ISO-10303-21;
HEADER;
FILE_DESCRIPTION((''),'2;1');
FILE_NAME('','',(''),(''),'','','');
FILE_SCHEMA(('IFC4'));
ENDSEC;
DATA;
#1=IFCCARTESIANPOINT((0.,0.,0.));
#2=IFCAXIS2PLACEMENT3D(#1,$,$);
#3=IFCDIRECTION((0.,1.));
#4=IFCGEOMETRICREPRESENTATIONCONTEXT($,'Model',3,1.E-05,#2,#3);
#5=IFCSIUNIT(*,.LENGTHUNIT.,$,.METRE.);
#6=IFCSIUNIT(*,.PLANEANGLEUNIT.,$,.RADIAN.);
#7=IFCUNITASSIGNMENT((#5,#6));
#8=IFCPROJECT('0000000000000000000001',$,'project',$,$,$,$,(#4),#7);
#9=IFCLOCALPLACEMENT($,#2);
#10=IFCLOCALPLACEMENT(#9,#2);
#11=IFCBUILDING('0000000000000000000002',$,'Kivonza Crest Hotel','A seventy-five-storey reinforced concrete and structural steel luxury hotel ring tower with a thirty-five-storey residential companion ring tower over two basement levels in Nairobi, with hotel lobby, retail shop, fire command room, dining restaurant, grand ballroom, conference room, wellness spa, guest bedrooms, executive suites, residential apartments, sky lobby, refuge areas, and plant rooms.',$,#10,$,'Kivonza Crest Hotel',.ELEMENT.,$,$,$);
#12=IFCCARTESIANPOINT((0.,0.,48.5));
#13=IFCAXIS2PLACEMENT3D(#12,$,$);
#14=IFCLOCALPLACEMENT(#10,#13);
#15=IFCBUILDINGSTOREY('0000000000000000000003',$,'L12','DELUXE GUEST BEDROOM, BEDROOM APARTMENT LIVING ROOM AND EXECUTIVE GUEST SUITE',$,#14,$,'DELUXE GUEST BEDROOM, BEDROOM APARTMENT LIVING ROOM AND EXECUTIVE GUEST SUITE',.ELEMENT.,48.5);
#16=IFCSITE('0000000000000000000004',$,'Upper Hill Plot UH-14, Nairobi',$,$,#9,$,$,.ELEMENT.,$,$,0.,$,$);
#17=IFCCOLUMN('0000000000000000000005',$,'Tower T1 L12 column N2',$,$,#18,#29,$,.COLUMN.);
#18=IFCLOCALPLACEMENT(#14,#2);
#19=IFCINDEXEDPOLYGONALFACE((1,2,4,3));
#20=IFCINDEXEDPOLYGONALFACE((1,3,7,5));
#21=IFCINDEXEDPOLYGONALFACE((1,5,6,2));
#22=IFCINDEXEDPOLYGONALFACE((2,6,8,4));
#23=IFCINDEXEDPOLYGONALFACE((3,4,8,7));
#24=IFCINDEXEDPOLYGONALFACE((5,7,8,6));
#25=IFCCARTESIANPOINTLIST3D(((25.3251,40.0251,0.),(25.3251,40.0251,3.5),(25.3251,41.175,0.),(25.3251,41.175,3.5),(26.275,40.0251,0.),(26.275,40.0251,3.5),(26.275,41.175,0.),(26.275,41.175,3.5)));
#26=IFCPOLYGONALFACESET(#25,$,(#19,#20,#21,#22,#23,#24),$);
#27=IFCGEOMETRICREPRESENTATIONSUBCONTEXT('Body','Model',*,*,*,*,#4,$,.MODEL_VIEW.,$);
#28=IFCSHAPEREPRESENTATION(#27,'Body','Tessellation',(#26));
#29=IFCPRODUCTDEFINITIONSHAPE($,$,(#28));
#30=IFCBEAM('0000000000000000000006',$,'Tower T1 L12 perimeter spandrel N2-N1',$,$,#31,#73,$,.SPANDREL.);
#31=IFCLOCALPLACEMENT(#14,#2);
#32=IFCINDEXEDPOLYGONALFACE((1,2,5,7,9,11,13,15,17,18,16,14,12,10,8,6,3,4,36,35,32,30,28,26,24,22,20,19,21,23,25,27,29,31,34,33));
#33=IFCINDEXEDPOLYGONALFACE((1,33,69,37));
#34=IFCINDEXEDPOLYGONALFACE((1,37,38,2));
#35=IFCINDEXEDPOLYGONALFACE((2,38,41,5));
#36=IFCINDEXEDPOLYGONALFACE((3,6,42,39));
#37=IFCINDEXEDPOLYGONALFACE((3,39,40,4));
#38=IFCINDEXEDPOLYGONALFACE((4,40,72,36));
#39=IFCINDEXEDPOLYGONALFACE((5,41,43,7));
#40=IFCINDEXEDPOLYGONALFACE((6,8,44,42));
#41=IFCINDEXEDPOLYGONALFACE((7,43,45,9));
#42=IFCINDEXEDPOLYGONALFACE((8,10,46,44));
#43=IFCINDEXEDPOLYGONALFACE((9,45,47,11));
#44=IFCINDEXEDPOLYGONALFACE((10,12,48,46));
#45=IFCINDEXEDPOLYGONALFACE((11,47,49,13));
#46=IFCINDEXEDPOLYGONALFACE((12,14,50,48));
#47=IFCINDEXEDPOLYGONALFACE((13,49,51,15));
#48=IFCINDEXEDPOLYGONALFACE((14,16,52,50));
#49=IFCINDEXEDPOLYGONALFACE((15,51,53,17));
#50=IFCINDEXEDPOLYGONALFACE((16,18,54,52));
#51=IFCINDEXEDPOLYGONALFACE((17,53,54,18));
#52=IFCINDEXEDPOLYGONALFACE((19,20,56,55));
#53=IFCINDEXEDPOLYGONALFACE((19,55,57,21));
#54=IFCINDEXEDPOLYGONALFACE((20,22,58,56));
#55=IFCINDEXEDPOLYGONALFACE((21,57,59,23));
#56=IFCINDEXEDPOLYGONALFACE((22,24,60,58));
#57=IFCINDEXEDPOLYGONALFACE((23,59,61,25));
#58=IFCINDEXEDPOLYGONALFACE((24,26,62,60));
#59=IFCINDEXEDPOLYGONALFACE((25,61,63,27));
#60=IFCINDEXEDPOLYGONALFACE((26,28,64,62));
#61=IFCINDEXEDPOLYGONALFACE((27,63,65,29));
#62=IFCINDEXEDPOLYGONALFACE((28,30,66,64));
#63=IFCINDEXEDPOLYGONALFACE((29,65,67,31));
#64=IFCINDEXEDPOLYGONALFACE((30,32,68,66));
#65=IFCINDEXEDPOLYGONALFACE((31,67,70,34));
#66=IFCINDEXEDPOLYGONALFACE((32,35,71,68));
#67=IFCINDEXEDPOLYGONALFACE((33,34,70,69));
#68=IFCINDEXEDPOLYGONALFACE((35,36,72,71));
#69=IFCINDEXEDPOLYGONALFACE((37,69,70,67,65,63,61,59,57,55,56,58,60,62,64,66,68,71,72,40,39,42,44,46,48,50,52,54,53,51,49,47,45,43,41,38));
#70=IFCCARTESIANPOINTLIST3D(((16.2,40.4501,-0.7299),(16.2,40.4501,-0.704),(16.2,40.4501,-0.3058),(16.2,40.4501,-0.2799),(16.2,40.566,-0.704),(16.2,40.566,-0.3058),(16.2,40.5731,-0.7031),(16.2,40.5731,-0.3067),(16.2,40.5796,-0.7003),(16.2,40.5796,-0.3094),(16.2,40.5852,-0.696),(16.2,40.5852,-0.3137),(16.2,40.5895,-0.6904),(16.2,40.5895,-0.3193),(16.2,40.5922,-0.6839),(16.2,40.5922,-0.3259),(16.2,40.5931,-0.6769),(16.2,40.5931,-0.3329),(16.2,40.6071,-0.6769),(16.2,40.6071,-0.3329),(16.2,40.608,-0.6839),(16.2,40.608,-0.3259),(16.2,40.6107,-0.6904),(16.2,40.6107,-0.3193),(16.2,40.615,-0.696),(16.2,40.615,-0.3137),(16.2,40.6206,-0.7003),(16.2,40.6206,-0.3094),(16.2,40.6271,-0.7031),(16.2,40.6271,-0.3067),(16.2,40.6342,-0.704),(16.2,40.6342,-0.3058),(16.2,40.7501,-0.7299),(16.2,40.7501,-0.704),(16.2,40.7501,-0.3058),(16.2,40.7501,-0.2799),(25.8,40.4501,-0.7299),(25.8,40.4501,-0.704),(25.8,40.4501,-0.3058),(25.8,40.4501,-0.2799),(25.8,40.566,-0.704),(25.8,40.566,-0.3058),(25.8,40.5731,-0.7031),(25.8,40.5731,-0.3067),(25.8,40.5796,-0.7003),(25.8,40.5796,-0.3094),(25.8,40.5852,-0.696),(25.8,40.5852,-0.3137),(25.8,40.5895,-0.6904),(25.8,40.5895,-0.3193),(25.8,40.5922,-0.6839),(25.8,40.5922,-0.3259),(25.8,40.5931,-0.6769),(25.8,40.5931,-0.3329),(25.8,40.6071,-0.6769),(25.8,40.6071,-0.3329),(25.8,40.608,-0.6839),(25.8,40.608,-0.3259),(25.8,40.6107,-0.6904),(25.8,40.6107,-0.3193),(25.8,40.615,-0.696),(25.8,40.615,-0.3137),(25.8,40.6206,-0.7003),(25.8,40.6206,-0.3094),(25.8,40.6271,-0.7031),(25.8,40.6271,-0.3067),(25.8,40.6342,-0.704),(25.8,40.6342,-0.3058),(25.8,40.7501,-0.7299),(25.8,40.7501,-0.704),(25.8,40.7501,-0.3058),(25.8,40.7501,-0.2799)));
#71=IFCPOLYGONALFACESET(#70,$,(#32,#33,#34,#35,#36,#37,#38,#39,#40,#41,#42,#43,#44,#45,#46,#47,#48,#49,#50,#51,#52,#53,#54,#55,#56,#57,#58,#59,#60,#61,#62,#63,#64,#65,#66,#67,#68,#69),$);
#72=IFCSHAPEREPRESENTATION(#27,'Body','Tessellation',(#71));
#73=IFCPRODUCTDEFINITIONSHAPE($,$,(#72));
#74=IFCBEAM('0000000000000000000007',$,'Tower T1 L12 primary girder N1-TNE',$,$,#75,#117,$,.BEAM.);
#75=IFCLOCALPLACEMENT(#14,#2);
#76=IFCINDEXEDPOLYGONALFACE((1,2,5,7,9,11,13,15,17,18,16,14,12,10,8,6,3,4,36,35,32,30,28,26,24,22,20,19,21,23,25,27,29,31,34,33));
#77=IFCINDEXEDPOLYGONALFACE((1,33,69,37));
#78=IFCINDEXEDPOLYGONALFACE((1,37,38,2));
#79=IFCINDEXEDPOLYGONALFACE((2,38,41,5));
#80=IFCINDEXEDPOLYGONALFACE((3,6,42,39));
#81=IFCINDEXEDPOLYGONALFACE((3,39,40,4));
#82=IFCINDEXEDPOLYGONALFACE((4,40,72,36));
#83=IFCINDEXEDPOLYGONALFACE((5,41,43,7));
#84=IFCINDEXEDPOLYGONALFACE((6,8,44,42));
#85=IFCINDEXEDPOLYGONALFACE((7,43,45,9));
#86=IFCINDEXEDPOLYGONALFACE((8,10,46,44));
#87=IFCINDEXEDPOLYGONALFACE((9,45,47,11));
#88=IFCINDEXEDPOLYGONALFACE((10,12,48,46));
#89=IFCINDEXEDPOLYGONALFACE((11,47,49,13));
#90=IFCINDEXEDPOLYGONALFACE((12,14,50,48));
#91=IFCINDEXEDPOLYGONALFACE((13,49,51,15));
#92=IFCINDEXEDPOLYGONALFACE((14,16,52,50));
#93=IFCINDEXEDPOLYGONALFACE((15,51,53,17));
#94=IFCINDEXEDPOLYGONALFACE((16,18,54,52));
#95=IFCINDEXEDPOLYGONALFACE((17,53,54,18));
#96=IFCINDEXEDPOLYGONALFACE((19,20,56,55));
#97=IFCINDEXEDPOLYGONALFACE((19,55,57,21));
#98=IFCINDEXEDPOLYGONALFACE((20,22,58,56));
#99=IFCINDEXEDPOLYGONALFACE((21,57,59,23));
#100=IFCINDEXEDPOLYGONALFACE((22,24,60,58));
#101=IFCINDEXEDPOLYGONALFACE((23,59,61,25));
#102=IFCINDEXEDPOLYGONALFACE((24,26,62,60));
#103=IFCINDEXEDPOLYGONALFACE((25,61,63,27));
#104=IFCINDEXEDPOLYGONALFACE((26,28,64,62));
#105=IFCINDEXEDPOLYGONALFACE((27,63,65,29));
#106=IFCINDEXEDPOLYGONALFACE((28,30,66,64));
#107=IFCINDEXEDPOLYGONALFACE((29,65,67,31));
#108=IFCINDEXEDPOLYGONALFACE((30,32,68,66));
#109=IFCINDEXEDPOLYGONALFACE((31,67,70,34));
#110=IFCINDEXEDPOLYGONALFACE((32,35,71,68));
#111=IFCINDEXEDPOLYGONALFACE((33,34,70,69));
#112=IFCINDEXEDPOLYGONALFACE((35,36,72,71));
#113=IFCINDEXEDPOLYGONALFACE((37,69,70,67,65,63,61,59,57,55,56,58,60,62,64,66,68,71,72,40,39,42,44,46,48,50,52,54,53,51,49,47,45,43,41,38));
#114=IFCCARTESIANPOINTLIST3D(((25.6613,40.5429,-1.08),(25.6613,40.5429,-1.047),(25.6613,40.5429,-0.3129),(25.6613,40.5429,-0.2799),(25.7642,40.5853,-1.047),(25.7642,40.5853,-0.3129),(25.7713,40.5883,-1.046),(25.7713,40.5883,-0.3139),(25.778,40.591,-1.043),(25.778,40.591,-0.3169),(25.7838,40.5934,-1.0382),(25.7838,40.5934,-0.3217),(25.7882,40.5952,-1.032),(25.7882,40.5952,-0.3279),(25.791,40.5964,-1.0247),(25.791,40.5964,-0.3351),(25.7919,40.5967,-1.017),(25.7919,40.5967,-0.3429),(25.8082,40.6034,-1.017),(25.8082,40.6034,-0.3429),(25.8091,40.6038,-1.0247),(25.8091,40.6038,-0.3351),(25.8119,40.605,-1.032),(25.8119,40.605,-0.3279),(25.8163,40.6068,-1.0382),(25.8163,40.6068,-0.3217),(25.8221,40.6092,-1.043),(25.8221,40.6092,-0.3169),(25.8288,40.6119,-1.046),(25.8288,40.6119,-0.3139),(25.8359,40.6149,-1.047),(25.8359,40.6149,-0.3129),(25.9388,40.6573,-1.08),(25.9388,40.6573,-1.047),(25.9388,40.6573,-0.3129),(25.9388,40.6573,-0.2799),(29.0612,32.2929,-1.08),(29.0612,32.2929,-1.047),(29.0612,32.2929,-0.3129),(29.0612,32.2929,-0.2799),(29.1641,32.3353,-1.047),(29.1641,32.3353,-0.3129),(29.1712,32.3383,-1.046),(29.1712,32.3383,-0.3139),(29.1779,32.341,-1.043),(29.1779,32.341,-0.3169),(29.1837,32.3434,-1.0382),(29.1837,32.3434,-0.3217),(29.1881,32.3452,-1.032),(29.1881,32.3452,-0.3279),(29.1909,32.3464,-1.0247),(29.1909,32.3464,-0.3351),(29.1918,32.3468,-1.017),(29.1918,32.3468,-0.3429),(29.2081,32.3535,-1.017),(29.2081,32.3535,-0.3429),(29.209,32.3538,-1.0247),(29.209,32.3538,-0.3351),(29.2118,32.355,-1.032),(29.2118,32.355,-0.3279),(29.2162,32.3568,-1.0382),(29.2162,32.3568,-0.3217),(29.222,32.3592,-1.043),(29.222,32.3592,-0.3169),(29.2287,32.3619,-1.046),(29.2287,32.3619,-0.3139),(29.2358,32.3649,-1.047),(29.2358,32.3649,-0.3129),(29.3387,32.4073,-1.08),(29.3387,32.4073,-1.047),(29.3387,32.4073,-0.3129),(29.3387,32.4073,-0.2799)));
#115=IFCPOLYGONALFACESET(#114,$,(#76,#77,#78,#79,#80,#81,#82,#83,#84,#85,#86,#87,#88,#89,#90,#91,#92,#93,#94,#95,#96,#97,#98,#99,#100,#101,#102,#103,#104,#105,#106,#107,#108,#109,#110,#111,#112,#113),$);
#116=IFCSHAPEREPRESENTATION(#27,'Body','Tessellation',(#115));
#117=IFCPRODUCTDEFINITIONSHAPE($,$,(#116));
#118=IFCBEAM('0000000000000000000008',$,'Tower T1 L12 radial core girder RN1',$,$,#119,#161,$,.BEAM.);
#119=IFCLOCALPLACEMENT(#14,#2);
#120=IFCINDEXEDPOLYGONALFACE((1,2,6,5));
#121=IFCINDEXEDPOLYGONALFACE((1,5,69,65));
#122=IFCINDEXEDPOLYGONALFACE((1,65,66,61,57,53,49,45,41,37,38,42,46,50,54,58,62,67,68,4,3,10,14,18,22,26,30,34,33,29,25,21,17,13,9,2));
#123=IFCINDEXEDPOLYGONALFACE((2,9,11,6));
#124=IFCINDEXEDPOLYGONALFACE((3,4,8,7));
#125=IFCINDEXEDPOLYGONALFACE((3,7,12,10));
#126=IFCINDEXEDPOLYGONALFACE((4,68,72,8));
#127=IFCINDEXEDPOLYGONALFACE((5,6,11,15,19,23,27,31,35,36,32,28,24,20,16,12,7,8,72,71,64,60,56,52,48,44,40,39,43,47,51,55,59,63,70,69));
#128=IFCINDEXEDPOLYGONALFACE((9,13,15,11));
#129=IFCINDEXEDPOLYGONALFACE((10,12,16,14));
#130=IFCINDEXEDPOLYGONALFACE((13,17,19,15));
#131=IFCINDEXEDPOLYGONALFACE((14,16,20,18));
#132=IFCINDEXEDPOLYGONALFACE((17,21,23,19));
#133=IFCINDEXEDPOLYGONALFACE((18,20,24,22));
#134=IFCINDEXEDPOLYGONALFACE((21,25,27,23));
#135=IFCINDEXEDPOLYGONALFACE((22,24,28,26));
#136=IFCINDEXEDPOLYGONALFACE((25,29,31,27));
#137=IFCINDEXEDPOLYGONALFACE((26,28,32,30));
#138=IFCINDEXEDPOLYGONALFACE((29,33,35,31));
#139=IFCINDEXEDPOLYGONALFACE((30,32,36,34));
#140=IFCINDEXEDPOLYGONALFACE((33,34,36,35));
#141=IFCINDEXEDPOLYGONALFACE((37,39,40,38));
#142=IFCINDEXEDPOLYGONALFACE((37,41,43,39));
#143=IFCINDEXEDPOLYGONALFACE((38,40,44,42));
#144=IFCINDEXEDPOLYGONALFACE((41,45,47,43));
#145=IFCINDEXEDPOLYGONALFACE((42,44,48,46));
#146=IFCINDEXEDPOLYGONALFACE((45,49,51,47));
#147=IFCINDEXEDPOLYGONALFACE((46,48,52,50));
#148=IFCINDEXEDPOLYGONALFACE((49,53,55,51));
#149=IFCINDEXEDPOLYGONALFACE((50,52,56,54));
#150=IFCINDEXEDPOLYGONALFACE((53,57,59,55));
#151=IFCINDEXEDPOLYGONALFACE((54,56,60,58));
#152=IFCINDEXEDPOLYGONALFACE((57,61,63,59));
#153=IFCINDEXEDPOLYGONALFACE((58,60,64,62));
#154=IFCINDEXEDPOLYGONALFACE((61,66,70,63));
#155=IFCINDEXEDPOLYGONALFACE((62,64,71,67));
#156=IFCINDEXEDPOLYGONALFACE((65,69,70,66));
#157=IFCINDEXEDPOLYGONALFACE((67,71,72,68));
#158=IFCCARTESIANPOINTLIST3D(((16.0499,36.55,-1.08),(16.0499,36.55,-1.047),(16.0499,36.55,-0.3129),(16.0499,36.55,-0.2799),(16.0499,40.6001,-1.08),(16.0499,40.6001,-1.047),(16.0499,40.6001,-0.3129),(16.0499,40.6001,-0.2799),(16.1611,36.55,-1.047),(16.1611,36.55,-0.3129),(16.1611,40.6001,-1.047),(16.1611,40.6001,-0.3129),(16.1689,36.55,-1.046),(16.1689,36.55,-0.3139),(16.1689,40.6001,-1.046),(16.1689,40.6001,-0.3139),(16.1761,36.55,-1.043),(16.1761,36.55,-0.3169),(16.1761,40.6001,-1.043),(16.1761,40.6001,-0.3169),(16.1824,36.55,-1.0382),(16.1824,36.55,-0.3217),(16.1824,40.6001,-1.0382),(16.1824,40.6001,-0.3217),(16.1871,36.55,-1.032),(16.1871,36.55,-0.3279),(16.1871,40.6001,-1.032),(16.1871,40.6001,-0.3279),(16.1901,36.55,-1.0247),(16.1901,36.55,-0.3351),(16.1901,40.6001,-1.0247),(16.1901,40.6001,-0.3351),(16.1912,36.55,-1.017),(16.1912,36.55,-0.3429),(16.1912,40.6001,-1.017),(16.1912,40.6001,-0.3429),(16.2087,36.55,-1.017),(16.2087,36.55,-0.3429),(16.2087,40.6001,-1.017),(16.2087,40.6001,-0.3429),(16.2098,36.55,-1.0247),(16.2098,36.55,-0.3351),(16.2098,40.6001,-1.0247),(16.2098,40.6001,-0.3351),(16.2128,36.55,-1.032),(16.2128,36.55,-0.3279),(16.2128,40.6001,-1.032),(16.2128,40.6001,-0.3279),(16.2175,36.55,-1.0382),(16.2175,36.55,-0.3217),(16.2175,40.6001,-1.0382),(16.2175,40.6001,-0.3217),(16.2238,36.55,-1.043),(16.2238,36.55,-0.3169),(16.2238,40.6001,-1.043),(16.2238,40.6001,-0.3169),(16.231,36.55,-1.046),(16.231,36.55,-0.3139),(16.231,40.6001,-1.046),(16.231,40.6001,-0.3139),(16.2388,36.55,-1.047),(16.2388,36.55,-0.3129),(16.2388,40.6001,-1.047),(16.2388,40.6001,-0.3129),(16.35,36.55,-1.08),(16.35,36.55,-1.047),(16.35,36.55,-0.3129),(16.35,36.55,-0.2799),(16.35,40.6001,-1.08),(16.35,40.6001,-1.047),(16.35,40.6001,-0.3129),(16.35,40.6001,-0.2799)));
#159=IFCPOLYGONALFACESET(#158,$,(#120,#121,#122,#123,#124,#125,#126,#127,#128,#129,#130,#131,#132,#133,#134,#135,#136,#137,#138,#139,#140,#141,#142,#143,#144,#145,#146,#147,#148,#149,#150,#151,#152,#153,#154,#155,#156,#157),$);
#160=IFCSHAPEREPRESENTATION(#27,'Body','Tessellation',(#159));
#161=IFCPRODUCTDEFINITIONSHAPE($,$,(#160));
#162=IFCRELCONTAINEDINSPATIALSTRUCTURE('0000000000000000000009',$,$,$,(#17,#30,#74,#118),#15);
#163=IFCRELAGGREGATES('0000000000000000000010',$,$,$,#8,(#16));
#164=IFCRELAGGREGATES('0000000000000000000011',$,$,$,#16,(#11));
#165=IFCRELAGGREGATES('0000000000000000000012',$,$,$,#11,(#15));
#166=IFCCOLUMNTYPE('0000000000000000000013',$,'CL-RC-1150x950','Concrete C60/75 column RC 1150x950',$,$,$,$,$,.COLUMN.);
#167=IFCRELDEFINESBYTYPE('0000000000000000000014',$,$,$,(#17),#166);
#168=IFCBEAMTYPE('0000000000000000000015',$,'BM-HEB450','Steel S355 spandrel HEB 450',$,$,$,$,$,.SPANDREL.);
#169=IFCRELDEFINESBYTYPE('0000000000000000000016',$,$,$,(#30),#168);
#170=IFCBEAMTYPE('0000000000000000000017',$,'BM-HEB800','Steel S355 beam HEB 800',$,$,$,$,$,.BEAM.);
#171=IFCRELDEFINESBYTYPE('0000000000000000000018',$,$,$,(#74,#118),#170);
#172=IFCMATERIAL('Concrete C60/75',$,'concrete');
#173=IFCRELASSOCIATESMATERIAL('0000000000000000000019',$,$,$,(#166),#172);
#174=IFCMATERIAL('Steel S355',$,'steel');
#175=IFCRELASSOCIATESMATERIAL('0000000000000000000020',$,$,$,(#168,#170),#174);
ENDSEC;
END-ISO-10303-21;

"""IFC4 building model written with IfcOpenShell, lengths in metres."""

from ifc_helpers import new_model, si_unit, direction, frame, origin, origin_2d, place, context, subcontext, project, spatial, rectangle, i_section, extrude, material, material_profile, profile_set, type_object, element, save


model = new_model("IFC4")

# Units and contexts
model_context = context("Model", 3, precision=1e-05, world=origin(), true_north=direction((0.0, 1.0)))
body_context = subcontext(model_context, "Body", "Model", "MODEL_VIEW")
ifc_project = project(units=[si_unit("LENGTHUNIT", "METRE"), si_unit("PLANEANGLEUNIT", "RADIAN")], contexts=[model_context])

# Site, building, storey
site_placement = place(None, origin())
site = spatial("IfcSite", under=ifc_project, at=site_placement, Name="Upper Hill Plot UH-14, Nairobi", CompositionType="ELEMENT", RefElevation=0.0)
building_placement = place(site_placement, origin())
building = spatial("IfcBuilding", under=site, at=building_placement, Name="Kivonza Crest Hotel", Description="A seventy-five-storey reinforced concrete and structural steel luxury hotel ring tower with a thirty-five-storey residential companion ring tower over two basement levels in Nairobi, with hotel lobby, retail shop, fire command room, dining restaurant, grand ballroom, conference room, wellness spa, guest bedrooms, executive suites, residential apartments, sky lobby, refuge areas, and plant rooms.", LongName="Kivonza Crest Hotel", CompositionType="ELEMENT")
storey_placement = place(building_placement, frame((0.0, 0.0, 48.5)))
storey = spatial("IfcBuildingStorey", under=building, at=storey_placement, Name="L12", Description="DELUXE GUEST BEDROOM, BEDROOM APARTMENT LIVING ROOM AND EXECUTIVE GUEST SUITE", LongName="DELUXE GUEST BEDROOM, BEDROOM APARTMENT LIVING ROOM AND EXECUTIVE GUEST SUITE", CompositionType="ELEMENT", Elevation=48.5)

# Column
ifc_material_1 = material(Name="Concrete C60/75", Category="concrete")
ifc_material_profile_1 = material_profile(ifc_material_1, rectangle(XDim=0.95, YDim=1.1499, at=origin_2d()), Name="RC 1150x950")
ifc_profile_set_1 = profile_set([ifc_material_profile_1], Name="Concrete C60/75")
column_type = type_object("IfcColumnType", Name="CL-RC-1150x950", Description="Concrete C60/75 column RC 1150x950", PredefinedType="COLUMN", material=ifc_profile_set_1)
column_placement = place(storey_placement, frame((25.8, 40.6001, 0.0), z_axis=(0.0, 0.0, 1.0), x_axis=(1.0, 0.0, 0.0)))
element("IfcColumn", 1, at=column_placement, inside=storey, type_object=column_type, Name="Tower T1 L12 column N2", PredefinedType="COLUMN", context=body_context, shape_type="SweptSolid", body=[
    extrude(rectangle(XDim=0.95, YDim=1.1499, at=origin_2d()), origin(), (0.0, 0.0, 1.0), 3.5),
])

# Beams
ifc_material_2 = material(Name="Steel S355", Category="steel")
ifc_material_profile_2 = material_profile(ifc_material_2, i_section(OverallWidth=0.3, OverallDepth=0.45, WebThickness=0.0139, FlangeThickness=0.0259, FilletRadius=0.0271, at=origin_2d()), Name="HEB 450")
ifc_profile_set_2 = profile_set([ifc_material_profile_2], Name="Steel S355")
beam_type_1 = type_object("IfcBeamType", Name="BM-HEB450", Description="Steel S355 spandrel HEB 450", PredefinedType="SPANDREL", material=ifc_profile_set_2)
beam_1_placement = place(storey_placement, frame((25.8, 40.6001, -0.5049), z_axis=(-1.0, 0.0, 0.0), x_axis=(0.0, -1.0, 0.0)))
element("IfcBeam", 2, at=beam_1_placement, inside=storey, type_object=beam_type_1, Name="Tower T1 L12 perimeter spandrel N2-N1", PredefinedType="SPANDREL", context=body_context, shape_type="SweptSolid", body=[
    extrude(i_section(OverallWidth=0.3, OverallDepth=0.45, WebThickness=0.0139, FlangeThickness=0.0259, FilletRadius=0.0271, at=origin_2d()), origin(), (0.0, 0.0, 1.0), 9.6001),
])
ifc_material_profile_3 = material_profile(ifc_material_2, i_section(OverallWidth=0.3, OverallDepth=0.8, WebThickness=0.0176, FlangeThickness=0.033, FilletRadius=0.03, at=origin_2d()), Name="HEB 800")
ifc_profile_set_3 = profile_set([ifc_material_profile_3], Name="Steel S355")
beam_type_2 = type_object("IfcBeamType", Name="BM-HEB800", Description="Steel S355 beam HEB 800", PredefinedType="BEAM", material=ifc_profile_set_3)
beam_2_placement = place(storey_placement, frame((25.8, 40.6001, -0.6799), z_axis=(0.381022, -0.924566, 0.0), x_axis=(0.924566, 0.381022, 0.0)))
element("IfcBeam", 3, at=beam_2_placement, inside=storey, type_object=beam_type_2, Name="Tower T1 L12 primary girder N1-TNE", PredefinedType="BEAM", context=body_context, shape_type="SweptSolid", body=[
    extrude(i_section(OverallWidth=0.3, OverallDepth=0.8, WebThickness=0.0176, FlangeThickness=0.033, FilletRadius=0.03, at=origin_2d()), origin(), (0.0, 0.0, 1.0), 8.9231),
])
for number, where, z_axis, x_axis, name in (
    (4, (16.2, 40.6001, -0.6799), (0.0, -1.0, 0.0), (1.0, 0.0, 0.0), "Tower T1 L12 radial core girder RN1"),
):
    element("IfcBeam", number, at=place(storey_placement, frame(where, z_axis=z_axis, x_axis=x_axis)), inside=storey, type_object=beam_type_2, Name=name, PredefinedType="BEAM", context=body_context, shape_type="SweptSolid", body=[
        extrude(i_section(OverallWidth=0.3, OverallDepth=0.8, WebThickness=0.0176, FlangeThickness=0.033, FilletRadius=0.03, at=origin_2d()), origin(), (0.0, 0.0, 1.0), 4.05),
    ])

save(model, "model.ifc")
